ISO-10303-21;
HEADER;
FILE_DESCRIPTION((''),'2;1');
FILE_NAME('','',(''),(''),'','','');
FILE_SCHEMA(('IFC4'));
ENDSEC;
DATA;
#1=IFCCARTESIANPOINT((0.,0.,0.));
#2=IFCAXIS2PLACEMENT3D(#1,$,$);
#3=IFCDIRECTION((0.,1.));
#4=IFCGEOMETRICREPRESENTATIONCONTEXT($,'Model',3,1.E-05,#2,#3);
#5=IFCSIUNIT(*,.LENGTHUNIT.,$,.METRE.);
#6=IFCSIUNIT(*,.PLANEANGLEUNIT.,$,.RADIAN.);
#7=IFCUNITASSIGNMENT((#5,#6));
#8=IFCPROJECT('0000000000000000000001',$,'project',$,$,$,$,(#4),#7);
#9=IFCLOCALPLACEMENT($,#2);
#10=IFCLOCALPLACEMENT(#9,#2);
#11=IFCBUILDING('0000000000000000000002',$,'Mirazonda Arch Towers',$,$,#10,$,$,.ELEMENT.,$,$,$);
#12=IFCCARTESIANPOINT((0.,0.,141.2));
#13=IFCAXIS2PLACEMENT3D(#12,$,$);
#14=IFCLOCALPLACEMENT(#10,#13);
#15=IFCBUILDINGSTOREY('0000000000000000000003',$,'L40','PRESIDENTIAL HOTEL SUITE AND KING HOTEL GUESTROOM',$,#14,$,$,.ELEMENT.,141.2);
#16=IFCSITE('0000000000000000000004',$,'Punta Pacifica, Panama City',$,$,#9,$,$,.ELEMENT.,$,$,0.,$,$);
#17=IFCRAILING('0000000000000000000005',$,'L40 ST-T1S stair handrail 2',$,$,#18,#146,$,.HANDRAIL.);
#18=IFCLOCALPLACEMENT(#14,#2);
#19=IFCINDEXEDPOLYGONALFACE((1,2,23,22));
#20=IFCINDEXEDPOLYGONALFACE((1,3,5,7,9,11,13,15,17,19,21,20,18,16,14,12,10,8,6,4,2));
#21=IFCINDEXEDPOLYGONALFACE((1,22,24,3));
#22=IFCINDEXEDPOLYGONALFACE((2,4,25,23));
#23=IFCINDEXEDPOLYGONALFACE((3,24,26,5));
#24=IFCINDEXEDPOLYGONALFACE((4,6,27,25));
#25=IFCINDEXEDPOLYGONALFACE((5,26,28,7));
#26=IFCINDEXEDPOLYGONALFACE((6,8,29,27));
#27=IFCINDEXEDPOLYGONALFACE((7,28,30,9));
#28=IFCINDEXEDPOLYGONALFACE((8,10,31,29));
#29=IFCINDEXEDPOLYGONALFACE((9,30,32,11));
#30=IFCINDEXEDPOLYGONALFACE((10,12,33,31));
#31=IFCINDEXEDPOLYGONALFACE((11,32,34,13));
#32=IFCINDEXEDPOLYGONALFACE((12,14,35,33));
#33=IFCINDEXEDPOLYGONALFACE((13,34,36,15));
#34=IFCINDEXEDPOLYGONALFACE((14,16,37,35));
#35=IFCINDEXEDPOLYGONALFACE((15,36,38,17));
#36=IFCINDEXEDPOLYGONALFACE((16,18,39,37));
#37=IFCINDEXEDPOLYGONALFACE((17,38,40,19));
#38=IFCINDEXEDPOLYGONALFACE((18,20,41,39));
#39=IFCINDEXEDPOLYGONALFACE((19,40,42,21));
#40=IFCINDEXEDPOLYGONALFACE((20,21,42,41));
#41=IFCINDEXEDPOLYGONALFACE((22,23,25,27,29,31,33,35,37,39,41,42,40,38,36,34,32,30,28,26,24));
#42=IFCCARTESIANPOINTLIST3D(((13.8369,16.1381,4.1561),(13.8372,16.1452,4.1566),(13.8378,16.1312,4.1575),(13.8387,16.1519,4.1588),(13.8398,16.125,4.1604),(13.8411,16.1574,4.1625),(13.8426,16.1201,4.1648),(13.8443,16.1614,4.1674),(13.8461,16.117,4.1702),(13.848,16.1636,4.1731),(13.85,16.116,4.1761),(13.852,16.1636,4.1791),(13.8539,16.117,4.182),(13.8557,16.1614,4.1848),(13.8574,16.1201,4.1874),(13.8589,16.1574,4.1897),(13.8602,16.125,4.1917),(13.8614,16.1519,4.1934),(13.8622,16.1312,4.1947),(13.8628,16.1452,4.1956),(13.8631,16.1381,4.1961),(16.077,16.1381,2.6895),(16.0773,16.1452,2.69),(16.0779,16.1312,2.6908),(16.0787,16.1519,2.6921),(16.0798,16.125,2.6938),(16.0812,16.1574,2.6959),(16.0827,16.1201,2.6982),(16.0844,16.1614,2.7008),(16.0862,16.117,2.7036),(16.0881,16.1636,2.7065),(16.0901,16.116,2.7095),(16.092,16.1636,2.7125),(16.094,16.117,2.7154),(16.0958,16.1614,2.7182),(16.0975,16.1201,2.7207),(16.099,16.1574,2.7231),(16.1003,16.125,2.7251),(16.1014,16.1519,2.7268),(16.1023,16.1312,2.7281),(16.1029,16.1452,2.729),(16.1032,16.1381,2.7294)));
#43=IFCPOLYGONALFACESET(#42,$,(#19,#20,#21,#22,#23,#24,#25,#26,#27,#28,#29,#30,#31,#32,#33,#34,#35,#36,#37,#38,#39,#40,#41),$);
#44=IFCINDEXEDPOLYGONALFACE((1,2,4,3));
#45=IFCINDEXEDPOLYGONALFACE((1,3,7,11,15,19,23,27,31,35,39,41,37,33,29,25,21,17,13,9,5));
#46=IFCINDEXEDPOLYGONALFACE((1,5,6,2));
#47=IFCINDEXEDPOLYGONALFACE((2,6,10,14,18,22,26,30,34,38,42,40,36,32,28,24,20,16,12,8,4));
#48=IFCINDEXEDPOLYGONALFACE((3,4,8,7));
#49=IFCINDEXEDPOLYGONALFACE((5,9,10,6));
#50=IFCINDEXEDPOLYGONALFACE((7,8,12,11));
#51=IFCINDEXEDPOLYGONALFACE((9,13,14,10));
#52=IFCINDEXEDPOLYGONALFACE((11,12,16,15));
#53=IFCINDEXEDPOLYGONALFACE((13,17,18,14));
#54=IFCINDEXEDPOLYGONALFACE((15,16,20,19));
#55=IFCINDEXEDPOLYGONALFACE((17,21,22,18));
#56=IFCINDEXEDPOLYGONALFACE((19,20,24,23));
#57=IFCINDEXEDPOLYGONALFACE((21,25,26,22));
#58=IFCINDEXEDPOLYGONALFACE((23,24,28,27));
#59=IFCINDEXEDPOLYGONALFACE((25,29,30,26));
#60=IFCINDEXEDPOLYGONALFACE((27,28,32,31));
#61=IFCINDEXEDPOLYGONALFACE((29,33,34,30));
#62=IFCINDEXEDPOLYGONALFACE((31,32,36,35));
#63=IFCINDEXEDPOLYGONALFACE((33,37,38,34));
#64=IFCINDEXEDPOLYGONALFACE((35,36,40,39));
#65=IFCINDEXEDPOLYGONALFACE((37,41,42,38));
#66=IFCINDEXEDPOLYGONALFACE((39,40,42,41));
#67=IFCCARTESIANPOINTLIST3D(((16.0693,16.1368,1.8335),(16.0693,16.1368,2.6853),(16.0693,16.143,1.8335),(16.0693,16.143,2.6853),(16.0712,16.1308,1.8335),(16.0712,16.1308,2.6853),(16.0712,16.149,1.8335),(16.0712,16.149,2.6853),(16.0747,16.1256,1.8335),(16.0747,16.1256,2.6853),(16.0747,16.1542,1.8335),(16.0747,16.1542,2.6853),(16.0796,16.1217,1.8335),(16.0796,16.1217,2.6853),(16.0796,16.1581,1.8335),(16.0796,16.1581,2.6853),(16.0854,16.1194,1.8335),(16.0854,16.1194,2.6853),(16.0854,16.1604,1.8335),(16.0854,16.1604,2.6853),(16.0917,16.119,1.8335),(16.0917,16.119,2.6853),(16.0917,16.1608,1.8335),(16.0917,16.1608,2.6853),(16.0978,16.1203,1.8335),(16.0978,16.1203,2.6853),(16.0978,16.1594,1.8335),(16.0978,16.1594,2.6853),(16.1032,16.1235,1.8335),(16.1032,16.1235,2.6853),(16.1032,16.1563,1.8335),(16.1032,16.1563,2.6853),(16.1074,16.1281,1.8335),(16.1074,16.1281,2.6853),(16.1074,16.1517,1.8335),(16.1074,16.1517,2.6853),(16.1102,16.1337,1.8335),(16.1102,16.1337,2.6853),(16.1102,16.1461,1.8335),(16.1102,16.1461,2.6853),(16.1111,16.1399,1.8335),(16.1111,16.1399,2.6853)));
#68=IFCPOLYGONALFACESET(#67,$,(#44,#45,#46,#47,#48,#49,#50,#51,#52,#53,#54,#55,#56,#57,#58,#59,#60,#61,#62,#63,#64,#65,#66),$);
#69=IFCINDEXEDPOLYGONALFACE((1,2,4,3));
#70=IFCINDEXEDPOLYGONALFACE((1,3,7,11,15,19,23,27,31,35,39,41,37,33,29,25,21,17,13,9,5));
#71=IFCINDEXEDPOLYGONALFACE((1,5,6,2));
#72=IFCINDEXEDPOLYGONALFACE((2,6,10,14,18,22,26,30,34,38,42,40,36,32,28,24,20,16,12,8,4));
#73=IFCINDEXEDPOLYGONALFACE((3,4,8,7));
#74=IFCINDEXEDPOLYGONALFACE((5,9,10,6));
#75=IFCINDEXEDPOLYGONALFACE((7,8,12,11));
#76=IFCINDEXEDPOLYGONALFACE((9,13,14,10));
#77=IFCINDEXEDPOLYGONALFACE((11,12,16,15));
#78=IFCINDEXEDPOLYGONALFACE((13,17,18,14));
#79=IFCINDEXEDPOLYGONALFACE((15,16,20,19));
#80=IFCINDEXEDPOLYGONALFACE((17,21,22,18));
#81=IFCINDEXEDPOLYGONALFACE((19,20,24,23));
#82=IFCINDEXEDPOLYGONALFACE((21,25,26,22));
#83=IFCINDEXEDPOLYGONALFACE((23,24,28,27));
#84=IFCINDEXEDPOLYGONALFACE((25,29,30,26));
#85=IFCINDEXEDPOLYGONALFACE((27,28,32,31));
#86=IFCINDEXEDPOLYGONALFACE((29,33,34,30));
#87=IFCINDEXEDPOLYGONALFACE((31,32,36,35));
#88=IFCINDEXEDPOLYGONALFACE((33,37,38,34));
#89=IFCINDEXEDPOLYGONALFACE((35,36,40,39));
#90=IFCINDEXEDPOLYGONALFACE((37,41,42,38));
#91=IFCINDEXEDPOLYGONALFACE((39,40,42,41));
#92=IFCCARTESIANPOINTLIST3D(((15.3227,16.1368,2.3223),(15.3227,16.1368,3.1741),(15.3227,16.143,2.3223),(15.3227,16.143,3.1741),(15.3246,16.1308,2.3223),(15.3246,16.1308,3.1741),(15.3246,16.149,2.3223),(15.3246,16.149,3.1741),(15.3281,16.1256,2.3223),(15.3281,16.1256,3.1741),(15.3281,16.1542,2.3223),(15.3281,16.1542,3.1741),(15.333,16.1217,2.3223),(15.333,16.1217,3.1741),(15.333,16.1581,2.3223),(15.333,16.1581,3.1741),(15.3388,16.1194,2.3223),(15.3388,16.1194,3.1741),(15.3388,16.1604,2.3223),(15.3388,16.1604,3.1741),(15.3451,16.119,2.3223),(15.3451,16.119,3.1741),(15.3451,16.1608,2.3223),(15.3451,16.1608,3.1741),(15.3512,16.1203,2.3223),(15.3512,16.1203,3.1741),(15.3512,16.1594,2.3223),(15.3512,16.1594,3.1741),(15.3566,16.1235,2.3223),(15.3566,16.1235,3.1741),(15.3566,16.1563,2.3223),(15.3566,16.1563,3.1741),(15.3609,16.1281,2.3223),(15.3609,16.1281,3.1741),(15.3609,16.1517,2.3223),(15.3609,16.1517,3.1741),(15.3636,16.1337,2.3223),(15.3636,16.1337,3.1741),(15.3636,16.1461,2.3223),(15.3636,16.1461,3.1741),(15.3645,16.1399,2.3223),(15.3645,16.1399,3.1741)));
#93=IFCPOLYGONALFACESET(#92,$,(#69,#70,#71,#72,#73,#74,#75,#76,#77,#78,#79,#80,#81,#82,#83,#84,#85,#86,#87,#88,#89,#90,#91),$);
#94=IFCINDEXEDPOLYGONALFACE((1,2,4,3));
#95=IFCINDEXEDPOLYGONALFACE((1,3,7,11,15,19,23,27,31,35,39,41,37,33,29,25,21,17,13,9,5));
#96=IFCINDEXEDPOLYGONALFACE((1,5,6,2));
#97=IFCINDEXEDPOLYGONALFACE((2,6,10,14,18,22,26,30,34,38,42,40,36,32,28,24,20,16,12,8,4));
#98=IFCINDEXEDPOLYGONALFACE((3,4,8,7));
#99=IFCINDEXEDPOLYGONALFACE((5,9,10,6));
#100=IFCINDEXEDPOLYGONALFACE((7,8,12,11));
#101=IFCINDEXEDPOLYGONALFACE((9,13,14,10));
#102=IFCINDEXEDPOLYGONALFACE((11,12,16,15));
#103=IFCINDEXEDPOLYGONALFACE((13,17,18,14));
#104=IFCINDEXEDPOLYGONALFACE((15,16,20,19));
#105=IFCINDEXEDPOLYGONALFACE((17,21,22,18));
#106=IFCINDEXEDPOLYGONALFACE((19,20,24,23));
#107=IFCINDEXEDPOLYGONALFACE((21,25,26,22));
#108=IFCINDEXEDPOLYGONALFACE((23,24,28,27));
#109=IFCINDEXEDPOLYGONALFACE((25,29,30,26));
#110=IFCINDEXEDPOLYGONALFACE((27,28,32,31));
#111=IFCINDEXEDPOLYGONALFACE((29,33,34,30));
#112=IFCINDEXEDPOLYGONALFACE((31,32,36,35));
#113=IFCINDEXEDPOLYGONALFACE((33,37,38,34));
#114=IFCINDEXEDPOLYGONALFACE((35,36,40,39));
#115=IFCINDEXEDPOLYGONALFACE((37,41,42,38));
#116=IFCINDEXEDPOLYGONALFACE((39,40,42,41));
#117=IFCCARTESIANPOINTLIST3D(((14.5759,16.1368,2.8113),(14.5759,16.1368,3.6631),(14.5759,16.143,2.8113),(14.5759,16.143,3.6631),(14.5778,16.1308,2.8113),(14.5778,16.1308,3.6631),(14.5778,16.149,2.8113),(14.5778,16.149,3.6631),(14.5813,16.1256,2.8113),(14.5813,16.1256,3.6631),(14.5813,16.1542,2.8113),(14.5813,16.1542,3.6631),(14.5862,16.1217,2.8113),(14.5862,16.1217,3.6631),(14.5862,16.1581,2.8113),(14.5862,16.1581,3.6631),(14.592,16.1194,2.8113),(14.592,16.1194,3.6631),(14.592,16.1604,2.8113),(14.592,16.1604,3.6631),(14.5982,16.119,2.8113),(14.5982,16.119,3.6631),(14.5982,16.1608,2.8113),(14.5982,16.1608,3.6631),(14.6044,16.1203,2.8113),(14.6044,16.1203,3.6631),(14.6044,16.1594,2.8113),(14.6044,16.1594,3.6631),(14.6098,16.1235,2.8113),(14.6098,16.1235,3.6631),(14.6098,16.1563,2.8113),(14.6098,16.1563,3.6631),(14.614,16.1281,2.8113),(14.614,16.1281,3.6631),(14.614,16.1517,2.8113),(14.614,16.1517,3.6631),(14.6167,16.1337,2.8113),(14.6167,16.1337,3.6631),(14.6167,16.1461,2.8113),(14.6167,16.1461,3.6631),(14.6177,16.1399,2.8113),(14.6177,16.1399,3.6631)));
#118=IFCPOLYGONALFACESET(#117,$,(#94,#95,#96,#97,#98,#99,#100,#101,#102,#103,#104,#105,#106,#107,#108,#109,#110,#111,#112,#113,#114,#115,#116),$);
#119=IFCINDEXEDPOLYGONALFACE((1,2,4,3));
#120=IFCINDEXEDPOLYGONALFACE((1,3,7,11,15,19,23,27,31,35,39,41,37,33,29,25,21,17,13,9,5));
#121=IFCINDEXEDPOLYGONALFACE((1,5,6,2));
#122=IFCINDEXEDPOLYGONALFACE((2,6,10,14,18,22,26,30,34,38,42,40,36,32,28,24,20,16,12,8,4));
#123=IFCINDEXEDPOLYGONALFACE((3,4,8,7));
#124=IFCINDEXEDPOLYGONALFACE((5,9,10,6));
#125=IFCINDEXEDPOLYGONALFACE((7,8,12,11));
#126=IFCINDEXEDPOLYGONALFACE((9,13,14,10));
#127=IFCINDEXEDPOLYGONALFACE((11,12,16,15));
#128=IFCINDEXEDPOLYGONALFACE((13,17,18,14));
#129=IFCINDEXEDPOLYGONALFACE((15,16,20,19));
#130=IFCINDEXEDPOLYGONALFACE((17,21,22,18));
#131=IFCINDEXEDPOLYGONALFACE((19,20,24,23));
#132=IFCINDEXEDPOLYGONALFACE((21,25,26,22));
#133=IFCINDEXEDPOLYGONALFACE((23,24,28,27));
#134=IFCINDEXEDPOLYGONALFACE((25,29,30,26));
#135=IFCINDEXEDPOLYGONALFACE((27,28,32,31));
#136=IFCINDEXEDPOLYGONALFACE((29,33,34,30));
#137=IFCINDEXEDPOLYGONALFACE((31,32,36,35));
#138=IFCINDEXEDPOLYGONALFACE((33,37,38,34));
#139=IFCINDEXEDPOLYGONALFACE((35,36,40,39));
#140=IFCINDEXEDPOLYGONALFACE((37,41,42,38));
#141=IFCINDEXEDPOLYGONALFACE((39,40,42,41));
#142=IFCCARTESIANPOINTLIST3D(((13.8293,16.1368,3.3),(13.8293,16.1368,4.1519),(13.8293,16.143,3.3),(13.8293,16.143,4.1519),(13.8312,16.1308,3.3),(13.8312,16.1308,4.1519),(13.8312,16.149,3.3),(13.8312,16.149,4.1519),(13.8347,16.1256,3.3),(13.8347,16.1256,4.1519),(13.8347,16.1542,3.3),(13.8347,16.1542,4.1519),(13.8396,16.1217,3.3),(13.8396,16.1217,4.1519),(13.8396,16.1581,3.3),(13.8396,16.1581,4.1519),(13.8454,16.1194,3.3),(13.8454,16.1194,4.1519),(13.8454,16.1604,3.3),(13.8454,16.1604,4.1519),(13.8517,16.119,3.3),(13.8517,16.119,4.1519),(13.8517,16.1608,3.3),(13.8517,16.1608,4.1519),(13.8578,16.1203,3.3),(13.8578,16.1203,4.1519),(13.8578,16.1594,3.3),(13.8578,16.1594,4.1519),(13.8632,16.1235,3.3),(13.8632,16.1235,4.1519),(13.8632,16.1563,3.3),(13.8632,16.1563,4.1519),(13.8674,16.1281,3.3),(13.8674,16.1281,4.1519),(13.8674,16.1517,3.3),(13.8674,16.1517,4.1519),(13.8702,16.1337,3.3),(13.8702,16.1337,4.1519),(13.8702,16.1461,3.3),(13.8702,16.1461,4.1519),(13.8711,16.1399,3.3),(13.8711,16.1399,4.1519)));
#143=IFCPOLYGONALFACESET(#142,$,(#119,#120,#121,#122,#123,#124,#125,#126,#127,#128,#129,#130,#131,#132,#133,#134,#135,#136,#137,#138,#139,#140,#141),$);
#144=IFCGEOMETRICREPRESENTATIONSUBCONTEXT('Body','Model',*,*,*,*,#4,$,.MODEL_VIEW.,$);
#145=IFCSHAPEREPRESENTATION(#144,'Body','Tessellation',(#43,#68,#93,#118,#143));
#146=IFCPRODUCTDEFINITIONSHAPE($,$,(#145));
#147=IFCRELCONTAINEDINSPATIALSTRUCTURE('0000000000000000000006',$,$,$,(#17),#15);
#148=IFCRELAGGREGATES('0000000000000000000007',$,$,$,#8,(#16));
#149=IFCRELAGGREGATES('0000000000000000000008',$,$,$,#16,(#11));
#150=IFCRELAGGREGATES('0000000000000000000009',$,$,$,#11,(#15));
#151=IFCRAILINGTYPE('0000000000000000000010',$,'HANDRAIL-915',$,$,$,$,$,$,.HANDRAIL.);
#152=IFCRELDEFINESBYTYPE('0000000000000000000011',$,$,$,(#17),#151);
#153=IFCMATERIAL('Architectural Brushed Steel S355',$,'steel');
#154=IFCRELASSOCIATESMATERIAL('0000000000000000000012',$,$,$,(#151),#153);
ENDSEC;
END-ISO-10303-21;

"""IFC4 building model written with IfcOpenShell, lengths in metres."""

from ifc_helpers import new_model, si_unit, direction, frame, origin, origin_2d, place, context, subcontext, project, spatial, circle, extrude, material, type_object, element, save


model = new_model("IFC4")

# Units and contexts
model_context = context("Model", 3, precision=1e-05, world=origin(), true_north=direction((0.0, 1.0)))
body_context = subcontext(model_context, "Body", "Model", "MODEL_VIEW")
ifc_project = project(units=[si_unit("LENGTHUNIT", "METRE"), si_unit("PLANEANGLEUNIT", "RADIAN")], contexts=[model_context])

# Site, building, storey
site_placement = place(None, origin())
site = spatial("IfcSite", under=ifc_project, at=site_placement, Name="Punta Pacifica, Panama City", CompositionType="ELEMENT", RefElevation=0.0)
building_placement = place(site_placement, origin())
building = spatial("IfcBuilding", under=site, at=building_placement, Name="Mirazonda Arch Towers", CompositionType="ELEMENT")
storey_placement = place(building_placement, frame((0.0, 0.0, 141.2)))
storey = spatial("IfcBuildingStorey", under=building, at=storey_placement, Name="L40", Description="PRESIDENTIAL HOTEL SUITE AND KING HOTEL GUESTROOM", CompositionType="ELEMENT", Elevation=141.2)

# Shared definitions
ifc_material_1 = material(Name="Architectural Brushed Steel S355", Category="steel")

# Railing
railing_type_1 = type_object("IfcRailingType", Name="HANDRAIL-915", PredefinedType="HANDRAIL", material=ifc_material_1)
railing_1_placement = place(storey_placement, frame((16.0901, 16.1399, 1.8335)))
element("IfcRailing", 1, at=railing_1_placement, inside=storey, type_object=railing_type_1, Name="L40 ST-T1S stair handrail 2", PredefinedType="HANDRAIL", context=body_context, shape_type="SweptSolid", body=[
    extrude(circle(Radius=0.0239, at=origin_2d()), frame((0.0, 0.0, 0.876), z_axis=(-0.836637, 0.0, 0.547758), x_axis=(0.0, -1.0, 0.0)), (0.0, 0.0, 1.0), 2.6775),
    extrude(circle(Radius=0.021, at=origin_2d()), origin(), (0.0, 0.0, 1.0), 0.8518),
    extrude(circle(Radius=0.021, at=origin_2d()), frame((-0.7466, 0.0, 0.4888)), (0.0, 0.0, 1.0), 0.8518),
    extrude(circle(Radius=0.021, at=origin_2d()), frame((-1.4934, 0.0, 0.9778)), (0.0, 0.0, 1.0), 0.8518),
    extrude(circle(Radius=0.021, at=origin_2d()), frame((-2.24, 0.0, 1.4666)), (0.0, 0.0, 1.0), 0.8518),
])

save(model, "model.ifc")
